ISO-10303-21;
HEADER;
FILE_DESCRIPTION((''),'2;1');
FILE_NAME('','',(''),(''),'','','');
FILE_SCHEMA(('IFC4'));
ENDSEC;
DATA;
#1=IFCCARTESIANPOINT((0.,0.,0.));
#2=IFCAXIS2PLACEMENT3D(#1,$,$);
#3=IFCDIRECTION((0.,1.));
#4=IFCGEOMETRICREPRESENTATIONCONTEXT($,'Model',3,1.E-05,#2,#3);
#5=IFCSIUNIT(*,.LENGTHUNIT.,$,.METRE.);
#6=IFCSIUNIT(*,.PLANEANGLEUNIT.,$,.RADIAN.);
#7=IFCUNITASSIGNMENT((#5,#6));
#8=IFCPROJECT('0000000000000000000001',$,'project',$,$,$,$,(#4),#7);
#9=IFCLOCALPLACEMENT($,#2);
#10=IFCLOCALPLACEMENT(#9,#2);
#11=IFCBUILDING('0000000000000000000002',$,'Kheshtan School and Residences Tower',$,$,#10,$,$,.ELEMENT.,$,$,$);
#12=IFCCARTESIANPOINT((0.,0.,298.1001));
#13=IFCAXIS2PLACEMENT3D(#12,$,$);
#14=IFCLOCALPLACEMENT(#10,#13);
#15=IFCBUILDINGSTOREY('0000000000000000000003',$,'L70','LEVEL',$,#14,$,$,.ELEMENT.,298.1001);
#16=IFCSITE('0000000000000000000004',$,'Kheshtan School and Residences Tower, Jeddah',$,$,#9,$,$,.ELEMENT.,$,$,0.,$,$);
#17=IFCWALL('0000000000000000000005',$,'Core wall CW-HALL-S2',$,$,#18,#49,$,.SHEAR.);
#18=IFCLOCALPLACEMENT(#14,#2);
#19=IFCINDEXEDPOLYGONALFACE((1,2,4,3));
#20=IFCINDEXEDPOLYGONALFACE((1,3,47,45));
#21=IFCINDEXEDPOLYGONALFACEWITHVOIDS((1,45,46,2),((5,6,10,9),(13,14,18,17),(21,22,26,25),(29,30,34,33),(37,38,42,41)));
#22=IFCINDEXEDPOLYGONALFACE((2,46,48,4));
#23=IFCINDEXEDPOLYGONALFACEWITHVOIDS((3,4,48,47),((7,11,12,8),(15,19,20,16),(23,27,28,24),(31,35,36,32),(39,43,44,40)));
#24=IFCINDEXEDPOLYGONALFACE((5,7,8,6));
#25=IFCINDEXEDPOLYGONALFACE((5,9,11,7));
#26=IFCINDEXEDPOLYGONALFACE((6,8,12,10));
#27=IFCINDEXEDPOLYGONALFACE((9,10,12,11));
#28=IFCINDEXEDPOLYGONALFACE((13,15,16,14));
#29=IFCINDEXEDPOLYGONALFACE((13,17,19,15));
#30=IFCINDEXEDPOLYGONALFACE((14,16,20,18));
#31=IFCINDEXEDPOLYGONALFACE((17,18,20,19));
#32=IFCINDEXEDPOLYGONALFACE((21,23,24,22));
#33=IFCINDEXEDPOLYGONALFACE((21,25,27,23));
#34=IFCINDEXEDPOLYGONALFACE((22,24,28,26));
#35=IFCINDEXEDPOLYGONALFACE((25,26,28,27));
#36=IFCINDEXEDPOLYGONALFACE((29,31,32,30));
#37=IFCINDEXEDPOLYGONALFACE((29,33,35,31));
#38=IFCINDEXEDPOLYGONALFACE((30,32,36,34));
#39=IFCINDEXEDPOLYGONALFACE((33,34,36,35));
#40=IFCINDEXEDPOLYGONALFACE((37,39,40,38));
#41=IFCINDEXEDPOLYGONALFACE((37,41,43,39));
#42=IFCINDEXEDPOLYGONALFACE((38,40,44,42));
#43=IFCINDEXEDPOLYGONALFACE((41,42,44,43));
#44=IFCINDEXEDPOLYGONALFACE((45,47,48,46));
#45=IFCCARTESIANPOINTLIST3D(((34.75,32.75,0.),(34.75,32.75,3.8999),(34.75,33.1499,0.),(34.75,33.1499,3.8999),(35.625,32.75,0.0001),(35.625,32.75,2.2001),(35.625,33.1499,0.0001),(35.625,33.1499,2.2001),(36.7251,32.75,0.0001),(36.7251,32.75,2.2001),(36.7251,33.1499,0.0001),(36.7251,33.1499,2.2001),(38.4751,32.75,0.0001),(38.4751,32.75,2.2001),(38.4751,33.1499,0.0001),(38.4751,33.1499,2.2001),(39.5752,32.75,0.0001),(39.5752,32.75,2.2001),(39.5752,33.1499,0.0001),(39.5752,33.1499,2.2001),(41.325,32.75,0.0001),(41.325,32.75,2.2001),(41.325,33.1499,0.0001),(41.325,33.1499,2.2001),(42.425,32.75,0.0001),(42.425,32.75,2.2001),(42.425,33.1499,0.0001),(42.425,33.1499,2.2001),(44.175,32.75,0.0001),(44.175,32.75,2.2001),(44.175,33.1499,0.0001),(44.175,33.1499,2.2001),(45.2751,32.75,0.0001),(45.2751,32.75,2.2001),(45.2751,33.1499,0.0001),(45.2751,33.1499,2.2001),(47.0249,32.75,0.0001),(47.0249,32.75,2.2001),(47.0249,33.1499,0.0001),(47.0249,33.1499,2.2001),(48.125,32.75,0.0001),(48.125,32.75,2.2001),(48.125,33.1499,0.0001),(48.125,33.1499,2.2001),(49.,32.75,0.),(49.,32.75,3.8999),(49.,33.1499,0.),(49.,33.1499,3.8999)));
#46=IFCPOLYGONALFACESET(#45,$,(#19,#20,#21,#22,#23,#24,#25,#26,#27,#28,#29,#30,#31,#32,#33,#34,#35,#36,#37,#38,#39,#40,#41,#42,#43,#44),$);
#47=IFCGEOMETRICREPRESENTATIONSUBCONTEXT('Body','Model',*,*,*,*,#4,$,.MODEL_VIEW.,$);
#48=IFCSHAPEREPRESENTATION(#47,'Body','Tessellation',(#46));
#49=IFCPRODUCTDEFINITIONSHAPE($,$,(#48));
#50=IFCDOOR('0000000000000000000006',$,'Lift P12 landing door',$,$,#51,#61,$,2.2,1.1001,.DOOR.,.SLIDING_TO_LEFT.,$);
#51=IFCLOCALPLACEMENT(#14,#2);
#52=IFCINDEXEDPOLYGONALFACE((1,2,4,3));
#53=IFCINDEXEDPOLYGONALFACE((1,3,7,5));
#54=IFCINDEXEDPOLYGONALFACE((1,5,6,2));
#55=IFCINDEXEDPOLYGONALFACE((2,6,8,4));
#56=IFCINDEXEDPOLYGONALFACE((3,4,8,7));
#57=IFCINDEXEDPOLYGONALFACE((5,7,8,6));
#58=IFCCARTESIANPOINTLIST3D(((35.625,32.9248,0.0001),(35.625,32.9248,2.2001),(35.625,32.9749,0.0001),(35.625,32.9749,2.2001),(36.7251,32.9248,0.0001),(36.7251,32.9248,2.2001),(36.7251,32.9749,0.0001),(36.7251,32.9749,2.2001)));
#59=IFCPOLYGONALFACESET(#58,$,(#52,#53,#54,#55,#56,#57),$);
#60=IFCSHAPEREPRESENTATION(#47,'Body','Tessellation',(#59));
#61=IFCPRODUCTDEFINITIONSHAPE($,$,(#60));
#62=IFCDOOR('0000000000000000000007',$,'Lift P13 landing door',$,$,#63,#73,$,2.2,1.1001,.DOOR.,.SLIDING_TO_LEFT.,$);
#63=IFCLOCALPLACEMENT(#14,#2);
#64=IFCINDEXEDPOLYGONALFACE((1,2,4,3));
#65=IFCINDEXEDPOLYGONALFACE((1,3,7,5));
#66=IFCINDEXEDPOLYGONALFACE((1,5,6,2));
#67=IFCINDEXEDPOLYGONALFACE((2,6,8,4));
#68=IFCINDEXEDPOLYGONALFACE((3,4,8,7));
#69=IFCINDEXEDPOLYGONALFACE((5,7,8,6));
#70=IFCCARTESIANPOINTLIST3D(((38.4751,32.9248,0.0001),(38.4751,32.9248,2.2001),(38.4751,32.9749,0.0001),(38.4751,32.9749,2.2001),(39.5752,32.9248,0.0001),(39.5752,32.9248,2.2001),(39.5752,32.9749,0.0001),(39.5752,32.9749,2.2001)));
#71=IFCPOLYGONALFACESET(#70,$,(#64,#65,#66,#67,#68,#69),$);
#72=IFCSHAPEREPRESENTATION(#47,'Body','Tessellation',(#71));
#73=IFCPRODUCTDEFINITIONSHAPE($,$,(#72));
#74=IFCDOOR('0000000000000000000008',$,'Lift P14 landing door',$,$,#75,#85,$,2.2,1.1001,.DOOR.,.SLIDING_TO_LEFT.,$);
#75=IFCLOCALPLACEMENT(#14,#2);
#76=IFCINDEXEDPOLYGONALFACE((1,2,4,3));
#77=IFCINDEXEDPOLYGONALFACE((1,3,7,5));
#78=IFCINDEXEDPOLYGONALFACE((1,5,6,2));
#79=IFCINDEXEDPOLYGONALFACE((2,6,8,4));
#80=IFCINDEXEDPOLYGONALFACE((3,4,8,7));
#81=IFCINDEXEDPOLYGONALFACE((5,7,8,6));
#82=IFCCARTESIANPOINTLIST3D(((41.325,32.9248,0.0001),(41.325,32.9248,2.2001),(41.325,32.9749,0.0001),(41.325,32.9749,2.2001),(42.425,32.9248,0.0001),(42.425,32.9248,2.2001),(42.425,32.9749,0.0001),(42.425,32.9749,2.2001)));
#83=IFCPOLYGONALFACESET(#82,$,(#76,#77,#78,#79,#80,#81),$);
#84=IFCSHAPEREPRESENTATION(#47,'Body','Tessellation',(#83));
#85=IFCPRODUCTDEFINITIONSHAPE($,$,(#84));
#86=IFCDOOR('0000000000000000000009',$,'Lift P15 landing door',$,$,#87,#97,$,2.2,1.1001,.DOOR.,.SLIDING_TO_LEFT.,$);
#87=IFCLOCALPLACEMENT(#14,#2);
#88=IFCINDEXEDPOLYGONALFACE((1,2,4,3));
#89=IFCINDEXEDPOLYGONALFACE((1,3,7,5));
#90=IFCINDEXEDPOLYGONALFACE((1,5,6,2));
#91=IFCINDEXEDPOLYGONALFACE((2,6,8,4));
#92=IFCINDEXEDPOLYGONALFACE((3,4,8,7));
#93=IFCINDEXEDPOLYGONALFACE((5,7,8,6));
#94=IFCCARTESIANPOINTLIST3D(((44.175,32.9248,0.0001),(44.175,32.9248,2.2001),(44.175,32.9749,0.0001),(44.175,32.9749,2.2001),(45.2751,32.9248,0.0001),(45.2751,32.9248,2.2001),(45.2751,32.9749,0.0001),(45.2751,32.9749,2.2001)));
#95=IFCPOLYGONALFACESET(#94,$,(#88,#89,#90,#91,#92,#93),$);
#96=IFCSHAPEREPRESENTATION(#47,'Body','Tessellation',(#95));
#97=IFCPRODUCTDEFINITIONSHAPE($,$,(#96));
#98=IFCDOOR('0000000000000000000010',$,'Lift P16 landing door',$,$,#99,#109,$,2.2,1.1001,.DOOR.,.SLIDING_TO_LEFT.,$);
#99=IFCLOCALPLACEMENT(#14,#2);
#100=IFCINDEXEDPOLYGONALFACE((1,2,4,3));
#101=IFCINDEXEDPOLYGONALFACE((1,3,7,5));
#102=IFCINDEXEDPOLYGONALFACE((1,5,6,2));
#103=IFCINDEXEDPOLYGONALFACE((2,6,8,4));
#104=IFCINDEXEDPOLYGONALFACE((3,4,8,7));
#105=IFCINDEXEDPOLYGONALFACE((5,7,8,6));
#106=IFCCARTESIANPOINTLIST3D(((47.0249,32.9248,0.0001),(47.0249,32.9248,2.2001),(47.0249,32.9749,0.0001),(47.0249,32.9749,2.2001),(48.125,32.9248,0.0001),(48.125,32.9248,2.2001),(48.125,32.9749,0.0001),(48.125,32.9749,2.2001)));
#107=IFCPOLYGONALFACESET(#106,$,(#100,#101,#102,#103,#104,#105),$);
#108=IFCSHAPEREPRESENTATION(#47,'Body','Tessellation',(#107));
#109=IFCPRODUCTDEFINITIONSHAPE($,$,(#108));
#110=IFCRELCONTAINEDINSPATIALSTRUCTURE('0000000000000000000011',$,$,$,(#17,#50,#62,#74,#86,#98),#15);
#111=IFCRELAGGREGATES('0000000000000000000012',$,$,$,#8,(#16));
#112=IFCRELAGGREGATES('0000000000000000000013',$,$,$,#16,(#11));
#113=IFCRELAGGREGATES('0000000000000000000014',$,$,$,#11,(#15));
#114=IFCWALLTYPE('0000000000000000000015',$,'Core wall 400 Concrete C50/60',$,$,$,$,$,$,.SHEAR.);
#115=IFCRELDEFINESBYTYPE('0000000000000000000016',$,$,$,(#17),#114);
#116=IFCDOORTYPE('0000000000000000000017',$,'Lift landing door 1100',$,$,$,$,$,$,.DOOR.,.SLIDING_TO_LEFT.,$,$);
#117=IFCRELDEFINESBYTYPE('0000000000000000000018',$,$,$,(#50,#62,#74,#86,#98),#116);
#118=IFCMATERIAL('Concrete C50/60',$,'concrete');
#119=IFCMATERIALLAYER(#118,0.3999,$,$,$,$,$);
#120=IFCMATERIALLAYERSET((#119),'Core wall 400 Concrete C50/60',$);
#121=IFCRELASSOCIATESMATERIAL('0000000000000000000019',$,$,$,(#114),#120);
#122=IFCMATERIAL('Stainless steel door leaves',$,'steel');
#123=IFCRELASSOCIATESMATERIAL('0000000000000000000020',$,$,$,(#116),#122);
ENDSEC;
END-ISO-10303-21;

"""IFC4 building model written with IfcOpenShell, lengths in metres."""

from ifc_helpers import new_model, si_unit, direction, frame, frame_2d, origin, place, context, subcontext, project, spatial, rectangle, extrude, source, transform, mapped, material, layer, layer_set, type_object, element, fill, save


model = new_model("IFC4")

# Units and contexts
model_context = context("Model", 3, precision=1e-05, world=origin(), true_north=direction((0.0, 1.0)))
body_context = subcontext(model_context, "Body", "Model", "MODEL_VIEW")
ifc_project = project(units=[si_unit("LENGTHUNIT", "METRE"), si_unit("PLANEANGLEUNIT", "RADIAN")], contexts=[model_context])

# Site, building, storey
site_placement = place(None, origin())
site = spatial("IfcSite", under=ifc_project, at=site_placement, Name="Kheshtan School and Residences Tower, Jeddah", CompositionType="ELEMENT", RefElevation=0.0)
building_placement = place(site_placement, origin())
building = spatial("IfcBuilding", under=site, at=building_placement, Name="Kheshtan School and Residences Tower", CompositionType="ELEMENT")
storey_placement = place(building_placement, frame((0.0, 0.0, 298.1001)))
storey = spatial("IfcBuildingStorey", under=building, at=storey_placement, Name="L70", Description="LEVEL", CompositionType="ELEMENT", Elevation=298.1001)

# Wall, openings, doors
ifc_material_1 = material(Name="Concrete C50/60", Category="concrete")
ifc_layer_1 = layer(ifc_material_1, 0.3999)
ifc_layer_set_1 = layer_set([ifc_layer_1], Name="Core wall 400 Concrete C50/60")
wall_type_1 = type_object("IfcWallType", Name="Core wall 400 Concrete C50/60", PredefinedType="SHEAR", material=ifc_layer_set_1)
ifc_material_2 = material(Name="Stainless steel door leaves", Category="steel")
door_type_1 = type_object("IfcDoorType", Name="Lift landing door 1100", OperationType="SLIDING_TO_LEFT", PredefinedType="DOOR", material=ifc_material_2)
shared_shape_1 = source(origin(), body_context, "Body", "SweptSolid", [
    extrude(rectangle(XDim=1.1001, YDim=2.2, at=frame_2d((0.55, 1.1001))), frame((0.0, 0.0249, 0.0), z_axis=(0.0, -1.0, 0.0), x_axis=(1.0, 0.0, 0.0)), (0.0, 0.0, 1.0), 0.05),
])
wall_1_placement = place(storey_placement, frame((34.75, 32.95, 0.0), z_axis=(0.0, 0.0, 1.0), x_axis=(1.0, 0.0, 0.0)))
wall_1 = element("IfcWall", 1, at=wall_1_placement, inside=storey, type_object=wall_type_1, Name="Core wall CW-HALL-S2", PredefinedType="SHEAR", context=body_context, shape_type="SweptSolid", body=[
    extrude(rectangle(XDim=14.25, YDim=0.3999, at=frame_2d((7.125, 0.0))), origin(), (0.0, 0.0, 1.0), 3.8999),
])
opening_1_placement = place(wall_1_placement, frame((0.875, 0.0, 0.0)))
opening_1 = element("IfcOpeningElement", 2, at=opening_1_placement, cuts=wall_1, PredefinedType="OPENING", context=body_context, shape_type="SweptSolid", body=[
    extrude(rectangle(XDim=1.1001, YDim=2.2, at=frame_2d((0.55, 1.1001))), frame((0.0, 0.21, 0.0), z_axis=(0.0, -1.0, 0.0), x_axis=(1.0, 0.0, 0.0)), (0.0, 0.0, 1.0), 0.4199),
])
opening_2_placement = place(wall_1_placement, frame((3.7251, 0.0, 0.0)))
opening_2 = element("IfcOpeningElement", 3, at=opening_2_placement, cuts=wall_1, PredefinedType="OPENING", context=body_context, shape_type="SweptSolid", body=[
    extrude(rectangle(XDim=1.1001, YDim=2.2, at=frame_2d((0.55, 1.1001))), frame((0.0, 0.21, 0.0), z_axis=(0.0, -1.0, 0.0), x_axis=(1.0, 0.0, 0.0)), (0.0, 0.0, 1.0), 0.4199),
])
opening_3_placement = place(wall_1_placement, frame((6.575, 0.0, 0.0)))
opening_3 = element("IfcOpeningElement", 4, at=opening_3_placement, cuts=wall_1, PredefinedType="OPENING", context=body_context, shape_type="SweptSolid", body=[
    extrude(rectangle(XDim=1.1001, YDim=2.2, at=frame_2d((0.55, 1.1001))), frame((0.0, 0.21, 0.0), z_axis=(0.0, -1.0, 0.0), x_axis=(1.0, 0.0, 0.0)), (0.0, 0.0, 1.0), 0.4199),
])
opening_4_placement = place(wall_1_placement, frame((9.425, 0.0, 0.0)))
opening_4 = element("IfcOpeningElement", 5, at=opening_4_placement, cuts=wall_1, PredefinedType="OPENING", context=body_context, shape_type="SweptSolid", body=[
    extrude(rectangle(XDim=1.1001, YDim=2.2, at=frame_2d((0.55, 1.1001))), frame((0.0, 0.21, 0.0), z_axis=(0.0, -1.0, 0.0), x_axis=(1.0, 0.0, 0.0)), (0.0, 0.0, 1.0), 0.4199),
])
opening_5_placement = place(wall_1_placement, frame((12.2749, 0.0, 0.0)))
opening_5 = element("IfcOpeningElement", 6, at=opening_5_placement, cuts=wall_1, PredefinedType="OPENING", context=body_context, shape_type="SweptSolid", body=[
    extrude(rectangle(XDim=1.1001, YDim=2.2, at=frame_2d((0.55, 1.1001))), frame((0.0, 0.21, 0.0), z_axis=(0.0, -1.0, 0.0), x_axis=(1.0, 0.0, 0.0)), (0.0, 0.0, 1.0), 0.4199),
])
door_1_placement = place(opening_1_placement, origin())
door_1 = element("IfcDoor", 7, at=door_1_placement, inside=storey, type_object=door_type_1, Name="Lift P12 landing door", OperationType="SLIDING_TO_LEFT", OverallHeight=2.2, OverallWidth=1.1001, PredefinedType="DOOR", context=body_context, shape_type="MappedRepresentation", body=[
    mapped(shared_shape_1, transform((0.0, 0.0, 0.0), x_axis=(1.0, 0.0, 0.0), y_axis=(0.0, 1.0, 0.0), z_axis=(0.0, 0.0, 1.0), scale=1.0)),
])
fill(opening_1, door_1)
door_2_placement = place(opening_2_placement, origin())
door_2 = element("IfcDoor", 8, at=door_2_placement, inside=storey, type_object=door_type_1, Name="Lift P13 landing door", OperationType="SLIDING_TO_LEFT", OverallHeight=2.2, OverallWidth=1.1001, PredefinedType="DOOR", context=body_context, shape_type="MappedRepresentation", body=[
    mapped(shared_shape_1, transform((0.0, 0.0, 0.0), x_axis=(1.0, 0.0, 0.0), y_axis=(0.0, 1.0, 0.0), z_axis=(0.0, 0.0, 1.0), scale=1.0)),
])
fill(opening_2, door_2)
door_3_placement = place(opening_3_placement, origin())
door_3 = element("IfcDoor", 9, at=door_3_placement, inside=storey, type_object=door_type_1, Name="Lift P14 landing door", OperationType="SLIDING_TO_LEFT", OverallHeight=2.2, OverallWidth=1.1001, PredefinedType="DOOR", context=body_context, shape_type="MappedRepresentation", body=[
    mapped(shared_shape_1, transform((0.0, 0.0, 0.0), x_axis=(1.0, 0.0, 0.0), y_axis=(0.0, 1.0, 0.0), z_axis=(0.0, 0.0, 1.0), scale=1.0)),
])
fill(opening_3, door_3)
door_4_placement = place(opening_4_placement, origin())
door_4 = element("IfcDoor", 10, at=door_4_placement, inside=storey, type_object=door_type_1, Name="Lift P15 landing door", OperationType="SLIDING_TO_LEFT", OverallHeight=2.2, OverallWidth=1.1001, PredefinedType="DOOR", context=body_context, shape_type="MappedRepresentation", body=[
    mapped(shared_shape_1, transform((0.0, 0.0, 0.0), x_axis=(1.0, 0.0, 0.0), y_axis=(0.0, 1.0, 0.0), z_axis=(0.0, 0.0, 1.0), scale=1.0)),
])
fill(opening_4, door_4)
door_5_placement = place(opening_5_placement, origin())
door_5 = element("IfcDoor", 11, at=door_5_placement, inside=storey, type_object=door_type_1, Name="Lift P16 landing door", OperationType="SLIDING_TO_LEFT", OverallHeight=2.2, OverallWidth=1.1001, PredefinedType="DOOR", context=body_context, shape_type="MappedRepresentation", body=[
    mapped(shared_shape_1, transform((0.0, 0.0, 0.0), x_axis=(1.0, 0.0, 0.0), y_axis=(0.0, 1.0, 0.0), z_axis=(0.0, 0.0, 1.0), scale=1.0)),
])
fill(opening_5, door_5)

save(model, "model.ifc")
